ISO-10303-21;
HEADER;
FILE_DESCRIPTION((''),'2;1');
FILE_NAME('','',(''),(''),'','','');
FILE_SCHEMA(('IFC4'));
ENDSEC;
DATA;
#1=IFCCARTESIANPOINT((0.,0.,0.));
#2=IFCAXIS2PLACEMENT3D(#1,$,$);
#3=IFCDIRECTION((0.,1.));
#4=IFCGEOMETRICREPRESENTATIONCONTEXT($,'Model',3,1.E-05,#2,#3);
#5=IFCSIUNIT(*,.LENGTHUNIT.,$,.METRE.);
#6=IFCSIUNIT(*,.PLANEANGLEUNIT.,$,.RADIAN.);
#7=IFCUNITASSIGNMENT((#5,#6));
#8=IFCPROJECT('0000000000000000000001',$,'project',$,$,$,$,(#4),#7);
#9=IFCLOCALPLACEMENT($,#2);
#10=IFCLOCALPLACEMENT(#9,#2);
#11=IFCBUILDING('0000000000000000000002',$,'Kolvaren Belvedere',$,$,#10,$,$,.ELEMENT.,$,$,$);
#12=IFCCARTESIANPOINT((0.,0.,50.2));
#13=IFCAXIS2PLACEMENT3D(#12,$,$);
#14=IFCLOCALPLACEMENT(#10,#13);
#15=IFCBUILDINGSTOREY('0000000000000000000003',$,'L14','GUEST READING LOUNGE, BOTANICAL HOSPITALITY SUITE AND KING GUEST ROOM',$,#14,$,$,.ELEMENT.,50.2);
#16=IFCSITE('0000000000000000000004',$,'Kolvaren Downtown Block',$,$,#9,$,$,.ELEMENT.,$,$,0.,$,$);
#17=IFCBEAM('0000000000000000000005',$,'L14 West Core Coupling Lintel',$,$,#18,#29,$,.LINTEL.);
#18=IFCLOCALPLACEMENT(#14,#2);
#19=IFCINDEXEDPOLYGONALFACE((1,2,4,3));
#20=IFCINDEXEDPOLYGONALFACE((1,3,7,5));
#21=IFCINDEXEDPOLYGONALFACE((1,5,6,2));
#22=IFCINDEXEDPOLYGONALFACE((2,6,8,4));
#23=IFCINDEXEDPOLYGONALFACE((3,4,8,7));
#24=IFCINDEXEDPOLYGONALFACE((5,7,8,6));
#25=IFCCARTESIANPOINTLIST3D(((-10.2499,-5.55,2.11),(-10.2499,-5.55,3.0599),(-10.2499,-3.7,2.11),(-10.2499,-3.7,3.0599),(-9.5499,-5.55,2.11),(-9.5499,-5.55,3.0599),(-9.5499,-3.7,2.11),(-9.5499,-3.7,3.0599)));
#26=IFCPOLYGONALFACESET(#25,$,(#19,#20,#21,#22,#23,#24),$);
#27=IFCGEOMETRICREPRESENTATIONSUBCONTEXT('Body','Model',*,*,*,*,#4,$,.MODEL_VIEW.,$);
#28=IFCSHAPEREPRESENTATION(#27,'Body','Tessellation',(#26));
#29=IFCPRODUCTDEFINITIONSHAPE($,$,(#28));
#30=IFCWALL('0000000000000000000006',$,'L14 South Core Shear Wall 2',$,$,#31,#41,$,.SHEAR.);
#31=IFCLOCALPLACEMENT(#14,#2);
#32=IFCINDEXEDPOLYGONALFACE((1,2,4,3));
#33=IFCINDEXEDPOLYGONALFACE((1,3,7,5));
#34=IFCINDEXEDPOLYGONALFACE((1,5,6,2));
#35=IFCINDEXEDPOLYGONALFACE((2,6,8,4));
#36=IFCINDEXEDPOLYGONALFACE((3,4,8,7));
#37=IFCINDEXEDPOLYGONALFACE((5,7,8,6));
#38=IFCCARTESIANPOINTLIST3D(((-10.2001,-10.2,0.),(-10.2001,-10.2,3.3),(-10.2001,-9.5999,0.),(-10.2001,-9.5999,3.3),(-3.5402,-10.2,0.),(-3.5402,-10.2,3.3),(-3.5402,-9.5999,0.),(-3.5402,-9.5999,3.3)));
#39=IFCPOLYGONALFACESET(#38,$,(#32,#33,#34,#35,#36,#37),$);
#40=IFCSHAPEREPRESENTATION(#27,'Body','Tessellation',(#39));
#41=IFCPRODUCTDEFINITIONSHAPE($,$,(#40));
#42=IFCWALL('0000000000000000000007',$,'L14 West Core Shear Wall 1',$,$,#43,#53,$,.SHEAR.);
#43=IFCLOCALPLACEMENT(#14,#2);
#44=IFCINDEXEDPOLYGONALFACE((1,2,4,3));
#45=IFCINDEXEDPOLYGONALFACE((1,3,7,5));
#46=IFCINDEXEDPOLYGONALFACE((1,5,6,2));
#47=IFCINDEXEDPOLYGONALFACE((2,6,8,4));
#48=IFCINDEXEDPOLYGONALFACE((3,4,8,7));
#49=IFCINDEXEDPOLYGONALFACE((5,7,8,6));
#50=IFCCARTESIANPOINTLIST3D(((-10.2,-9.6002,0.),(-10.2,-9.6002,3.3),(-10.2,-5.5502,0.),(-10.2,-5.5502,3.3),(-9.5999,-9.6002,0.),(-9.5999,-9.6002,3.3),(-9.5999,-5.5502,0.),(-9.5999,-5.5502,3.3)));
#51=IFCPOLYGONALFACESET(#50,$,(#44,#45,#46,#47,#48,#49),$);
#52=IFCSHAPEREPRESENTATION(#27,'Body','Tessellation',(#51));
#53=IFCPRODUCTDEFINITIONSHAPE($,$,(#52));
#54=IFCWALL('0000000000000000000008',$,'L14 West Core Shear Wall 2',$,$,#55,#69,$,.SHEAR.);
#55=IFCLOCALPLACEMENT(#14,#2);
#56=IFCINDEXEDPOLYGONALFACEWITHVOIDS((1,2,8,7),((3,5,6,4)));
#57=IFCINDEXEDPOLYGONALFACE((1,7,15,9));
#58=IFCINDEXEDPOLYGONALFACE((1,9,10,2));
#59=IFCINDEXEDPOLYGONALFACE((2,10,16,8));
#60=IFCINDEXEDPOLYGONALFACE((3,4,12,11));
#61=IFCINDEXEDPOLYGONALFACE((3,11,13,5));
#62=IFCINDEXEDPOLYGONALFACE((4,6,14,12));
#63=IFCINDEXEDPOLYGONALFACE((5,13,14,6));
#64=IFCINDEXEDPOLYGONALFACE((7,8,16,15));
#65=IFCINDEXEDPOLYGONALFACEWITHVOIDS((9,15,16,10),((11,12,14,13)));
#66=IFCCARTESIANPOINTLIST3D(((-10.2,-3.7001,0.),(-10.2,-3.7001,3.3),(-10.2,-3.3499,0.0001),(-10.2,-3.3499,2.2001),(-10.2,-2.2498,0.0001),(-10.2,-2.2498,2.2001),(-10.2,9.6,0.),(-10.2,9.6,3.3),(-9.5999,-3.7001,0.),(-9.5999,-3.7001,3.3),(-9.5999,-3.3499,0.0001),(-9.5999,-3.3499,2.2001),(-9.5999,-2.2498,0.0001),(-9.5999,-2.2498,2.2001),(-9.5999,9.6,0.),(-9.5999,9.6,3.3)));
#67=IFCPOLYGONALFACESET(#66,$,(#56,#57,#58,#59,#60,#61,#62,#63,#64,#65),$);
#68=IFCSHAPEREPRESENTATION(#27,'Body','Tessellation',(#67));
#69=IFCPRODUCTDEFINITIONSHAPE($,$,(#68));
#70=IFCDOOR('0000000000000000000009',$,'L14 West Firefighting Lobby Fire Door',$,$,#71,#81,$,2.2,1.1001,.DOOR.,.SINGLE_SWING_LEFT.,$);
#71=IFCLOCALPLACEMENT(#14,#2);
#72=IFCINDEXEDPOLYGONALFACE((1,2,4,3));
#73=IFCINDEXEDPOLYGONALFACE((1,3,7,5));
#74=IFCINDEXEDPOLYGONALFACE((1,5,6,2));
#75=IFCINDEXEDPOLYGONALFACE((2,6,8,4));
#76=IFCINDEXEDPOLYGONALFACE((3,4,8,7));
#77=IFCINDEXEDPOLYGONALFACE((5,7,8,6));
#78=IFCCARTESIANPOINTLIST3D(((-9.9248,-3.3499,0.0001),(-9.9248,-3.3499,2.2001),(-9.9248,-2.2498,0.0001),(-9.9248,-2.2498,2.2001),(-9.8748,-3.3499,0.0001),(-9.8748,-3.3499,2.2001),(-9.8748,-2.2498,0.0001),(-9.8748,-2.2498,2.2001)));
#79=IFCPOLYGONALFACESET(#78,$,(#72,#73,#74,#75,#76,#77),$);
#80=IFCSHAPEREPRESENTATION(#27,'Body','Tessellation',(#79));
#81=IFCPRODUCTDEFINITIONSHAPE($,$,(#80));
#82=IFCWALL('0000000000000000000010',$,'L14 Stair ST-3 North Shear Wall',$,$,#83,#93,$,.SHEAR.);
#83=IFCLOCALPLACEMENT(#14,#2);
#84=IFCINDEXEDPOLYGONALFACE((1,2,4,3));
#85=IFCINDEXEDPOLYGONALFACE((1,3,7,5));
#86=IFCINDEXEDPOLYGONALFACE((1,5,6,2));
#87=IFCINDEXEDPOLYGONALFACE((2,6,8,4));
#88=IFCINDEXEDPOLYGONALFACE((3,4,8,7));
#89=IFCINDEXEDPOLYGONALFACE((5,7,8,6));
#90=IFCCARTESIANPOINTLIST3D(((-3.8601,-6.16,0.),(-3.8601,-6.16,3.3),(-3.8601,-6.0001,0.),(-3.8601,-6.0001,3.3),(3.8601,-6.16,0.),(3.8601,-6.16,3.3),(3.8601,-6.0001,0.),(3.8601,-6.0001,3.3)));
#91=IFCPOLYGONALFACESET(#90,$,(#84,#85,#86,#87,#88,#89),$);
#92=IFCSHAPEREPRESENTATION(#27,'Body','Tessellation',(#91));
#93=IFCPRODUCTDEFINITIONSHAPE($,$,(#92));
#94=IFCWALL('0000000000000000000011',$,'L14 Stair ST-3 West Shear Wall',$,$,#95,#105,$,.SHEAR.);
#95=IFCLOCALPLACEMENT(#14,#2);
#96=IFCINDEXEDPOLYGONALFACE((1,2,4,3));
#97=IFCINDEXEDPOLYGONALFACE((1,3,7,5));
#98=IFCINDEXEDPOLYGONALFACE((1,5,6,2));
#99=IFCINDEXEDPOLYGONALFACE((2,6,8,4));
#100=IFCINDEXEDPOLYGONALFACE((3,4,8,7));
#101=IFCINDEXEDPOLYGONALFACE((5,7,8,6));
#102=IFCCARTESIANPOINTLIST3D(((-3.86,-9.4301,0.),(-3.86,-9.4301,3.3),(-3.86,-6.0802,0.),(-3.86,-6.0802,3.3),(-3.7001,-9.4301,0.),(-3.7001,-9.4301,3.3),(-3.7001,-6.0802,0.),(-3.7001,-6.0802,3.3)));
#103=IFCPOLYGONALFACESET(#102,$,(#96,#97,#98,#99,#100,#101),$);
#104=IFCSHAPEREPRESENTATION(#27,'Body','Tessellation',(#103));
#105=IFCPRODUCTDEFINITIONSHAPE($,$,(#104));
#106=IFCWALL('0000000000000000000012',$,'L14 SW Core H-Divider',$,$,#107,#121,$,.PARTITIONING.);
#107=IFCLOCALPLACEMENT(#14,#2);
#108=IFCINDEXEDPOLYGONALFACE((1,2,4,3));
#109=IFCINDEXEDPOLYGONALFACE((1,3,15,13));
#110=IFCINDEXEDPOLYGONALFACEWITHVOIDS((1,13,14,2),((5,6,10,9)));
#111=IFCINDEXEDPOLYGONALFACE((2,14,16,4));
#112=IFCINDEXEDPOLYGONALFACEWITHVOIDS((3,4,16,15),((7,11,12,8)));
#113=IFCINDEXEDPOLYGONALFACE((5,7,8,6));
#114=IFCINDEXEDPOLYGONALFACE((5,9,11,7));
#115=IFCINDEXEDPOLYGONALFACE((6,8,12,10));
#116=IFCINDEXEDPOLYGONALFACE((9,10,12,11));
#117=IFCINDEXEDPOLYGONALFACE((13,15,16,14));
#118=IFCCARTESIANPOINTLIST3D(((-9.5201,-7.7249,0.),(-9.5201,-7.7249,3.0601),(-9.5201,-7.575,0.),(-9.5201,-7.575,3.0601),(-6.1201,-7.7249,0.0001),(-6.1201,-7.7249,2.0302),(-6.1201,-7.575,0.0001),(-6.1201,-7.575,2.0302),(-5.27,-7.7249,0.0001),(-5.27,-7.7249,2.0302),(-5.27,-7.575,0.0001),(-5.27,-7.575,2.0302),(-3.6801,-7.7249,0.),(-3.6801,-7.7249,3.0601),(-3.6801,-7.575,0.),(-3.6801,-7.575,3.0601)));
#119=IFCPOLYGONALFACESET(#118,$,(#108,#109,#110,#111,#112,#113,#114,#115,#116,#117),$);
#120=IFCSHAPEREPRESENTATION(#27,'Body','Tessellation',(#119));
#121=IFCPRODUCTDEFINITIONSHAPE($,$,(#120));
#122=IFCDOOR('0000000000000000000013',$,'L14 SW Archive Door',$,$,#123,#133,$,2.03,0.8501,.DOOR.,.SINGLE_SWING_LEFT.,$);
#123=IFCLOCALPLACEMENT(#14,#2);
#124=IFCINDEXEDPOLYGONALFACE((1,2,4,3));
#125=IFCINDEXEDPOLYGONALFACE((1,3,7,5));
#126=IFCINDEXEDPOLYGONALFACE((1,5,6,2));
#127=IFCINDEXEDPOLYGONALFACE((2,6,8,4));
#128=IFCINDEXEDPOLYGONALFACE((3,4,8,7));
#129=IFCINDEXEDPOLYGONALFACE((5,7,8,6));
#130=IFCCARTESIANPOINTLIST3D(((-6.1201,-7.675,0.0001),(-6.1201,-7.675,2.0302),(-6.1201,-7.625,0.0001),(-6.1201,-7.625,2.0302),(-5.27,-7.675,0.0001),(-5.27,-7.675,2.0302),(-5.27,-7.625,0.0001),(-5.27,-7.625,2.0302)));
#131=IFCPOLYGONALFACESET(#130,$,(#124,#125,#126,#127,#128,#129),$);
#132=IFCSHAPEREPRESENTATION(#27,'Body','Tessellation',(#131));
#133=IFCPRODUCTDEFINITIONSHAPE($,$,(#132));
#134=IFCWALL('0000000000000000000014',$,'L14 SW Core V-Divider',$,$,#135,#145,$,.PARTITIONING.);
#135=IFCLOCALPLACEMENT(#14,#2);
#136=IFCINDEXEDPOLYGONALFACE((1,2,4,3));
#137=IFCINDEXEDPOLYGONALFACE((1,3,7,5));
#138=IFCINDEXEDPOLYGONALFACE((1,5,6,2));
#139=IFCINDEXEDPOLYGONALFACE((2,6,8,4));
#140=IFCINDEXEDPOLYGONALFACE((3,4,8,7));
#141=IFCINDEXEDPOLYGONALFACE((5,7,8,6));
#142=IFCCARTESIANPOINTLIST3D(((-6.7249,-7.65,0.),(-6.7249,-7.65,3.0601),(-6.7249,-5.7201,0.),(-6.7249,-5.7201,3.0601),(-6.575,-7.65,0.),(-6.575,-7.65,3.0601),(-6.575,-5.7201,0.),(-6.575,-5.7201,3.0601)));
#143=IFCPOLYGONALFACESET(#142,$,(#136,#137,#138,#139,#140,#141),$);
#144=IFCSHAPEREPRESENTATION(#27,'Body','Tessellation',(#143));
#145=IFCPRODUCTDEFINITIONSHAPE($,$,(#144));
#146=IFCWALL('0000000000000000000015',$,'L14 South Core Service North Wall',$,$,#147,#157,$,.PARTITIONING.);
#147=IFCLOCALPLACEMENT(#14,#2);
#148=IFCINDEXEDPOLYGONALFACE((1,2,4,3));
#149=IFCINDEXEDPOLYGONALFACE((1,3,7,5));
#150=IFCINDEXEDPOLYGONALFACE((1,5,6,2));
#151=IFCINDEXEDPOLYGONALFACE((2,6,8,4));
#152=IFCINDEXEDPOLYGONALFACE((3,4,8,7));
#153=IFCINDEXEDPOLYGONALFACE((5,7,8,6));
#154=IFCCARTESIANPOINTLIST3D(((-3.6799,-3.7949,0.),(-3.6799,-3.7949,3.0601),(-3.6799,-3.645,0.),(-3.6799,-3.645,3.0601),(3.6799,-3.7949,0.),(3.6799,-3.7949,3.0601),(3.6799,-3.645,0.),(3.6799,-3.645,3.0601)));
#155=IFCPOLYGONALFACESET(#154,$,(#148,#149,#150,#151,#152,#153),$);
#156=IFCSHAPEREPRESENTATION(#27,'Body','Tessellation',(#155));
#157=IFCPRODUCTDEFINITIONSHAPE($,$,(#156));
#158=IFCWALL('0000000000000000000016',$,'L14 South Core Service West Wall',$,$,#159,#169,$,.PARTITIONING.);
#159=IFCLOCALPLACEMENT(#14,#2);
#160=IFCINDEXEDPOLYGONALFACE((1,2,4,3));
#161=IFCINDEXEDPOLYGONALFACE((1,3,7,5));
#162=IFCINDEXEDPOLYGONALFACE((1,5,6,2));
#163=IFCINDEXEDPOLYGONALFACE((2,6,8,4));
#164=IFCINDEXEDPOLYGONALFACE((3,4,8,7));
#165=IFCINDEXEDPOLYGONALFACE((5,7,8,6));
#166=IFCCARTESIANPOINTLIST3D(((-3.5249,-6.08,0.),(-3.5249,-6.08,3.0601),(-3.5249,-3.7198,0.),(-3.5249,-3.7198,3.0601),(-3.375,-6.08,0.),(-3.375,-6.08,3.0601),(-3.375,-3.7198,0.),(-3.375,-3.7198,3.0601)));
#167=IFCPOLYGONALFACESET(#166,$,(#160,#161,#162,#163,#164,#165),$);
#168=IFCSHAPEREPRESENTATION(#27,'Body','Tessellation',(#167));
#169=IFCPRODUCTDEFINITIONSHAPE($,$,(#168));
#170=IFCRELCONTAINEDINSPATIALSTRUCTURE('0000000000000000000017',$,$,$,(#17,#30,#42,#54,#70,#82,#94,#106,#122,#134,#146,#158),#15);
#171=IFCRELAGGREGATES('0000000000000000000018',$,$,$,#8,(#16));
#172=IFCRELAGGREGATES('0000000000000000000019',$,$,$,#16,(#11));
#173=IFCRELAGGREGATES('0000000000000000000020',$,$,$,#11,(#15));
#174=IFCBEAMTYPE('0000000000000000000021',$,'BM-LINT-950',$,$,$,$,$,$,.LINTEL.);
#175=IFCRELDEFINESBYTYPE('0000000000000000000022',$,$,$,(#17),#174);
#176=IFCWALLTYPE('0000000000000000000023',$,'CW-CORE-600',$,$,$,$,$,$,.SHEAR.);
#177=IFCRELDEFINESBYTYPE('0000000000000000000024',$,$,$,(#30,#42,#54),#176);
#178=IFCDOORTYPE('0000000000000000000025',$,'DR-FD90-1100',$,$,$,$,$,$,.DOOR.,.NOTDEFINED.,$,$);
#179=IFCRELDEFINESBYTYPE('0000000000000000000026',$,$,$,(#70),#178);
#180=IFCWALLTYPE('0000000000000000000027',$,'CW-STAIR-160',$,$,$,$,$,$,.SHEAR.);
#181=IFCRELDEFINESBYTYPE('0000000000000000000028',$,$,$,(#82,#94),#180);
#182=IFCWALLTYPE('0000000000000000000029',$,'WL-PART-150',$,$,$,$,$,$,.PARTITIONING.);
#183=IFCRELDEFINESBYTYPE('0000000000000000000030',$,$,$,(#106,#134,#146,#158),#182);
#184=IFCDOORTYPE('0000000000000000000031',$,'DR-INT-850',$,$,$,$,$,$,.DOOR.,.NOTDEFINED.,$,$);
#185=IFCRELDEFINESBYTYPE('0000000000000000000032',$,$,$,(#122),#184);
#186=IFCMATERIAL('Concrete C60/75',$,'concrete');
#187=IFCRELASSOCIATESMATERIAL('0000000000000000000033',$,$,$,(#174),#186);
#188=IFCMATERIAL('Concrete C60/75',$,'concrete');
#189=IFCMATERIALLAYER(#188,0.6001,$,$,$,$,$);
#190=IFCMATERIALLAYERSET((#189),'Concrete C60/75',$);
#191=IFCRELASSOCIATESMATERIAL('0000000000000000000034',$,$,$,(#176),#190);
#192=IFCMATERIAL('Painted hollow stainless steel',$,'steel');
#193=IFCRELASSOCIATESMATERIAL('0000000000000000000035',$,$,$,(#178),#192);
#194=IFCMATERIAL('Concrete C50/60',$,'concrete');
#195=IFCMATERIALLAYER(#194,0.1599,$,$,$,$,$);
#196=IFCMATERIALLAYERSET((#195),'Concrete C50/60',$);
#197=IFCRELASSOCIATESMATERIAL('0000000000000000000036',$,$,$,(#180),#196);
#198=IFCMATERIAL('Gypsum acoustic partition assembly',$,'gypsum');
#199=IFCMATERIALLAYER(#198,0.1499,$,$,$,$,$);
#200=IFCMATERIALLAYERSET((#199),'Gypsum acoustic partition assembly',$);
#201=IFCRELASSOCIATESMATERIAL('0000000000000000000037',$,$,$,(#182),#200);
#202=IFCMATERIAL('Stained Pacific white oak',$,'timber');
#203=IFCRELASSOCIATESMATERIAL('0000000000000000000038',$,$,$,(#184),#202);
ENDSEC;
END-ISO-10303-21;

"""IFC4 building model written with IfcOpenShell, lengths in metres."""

from ifc_helpers import new_model, si_unit, direction, frame, frame_2d, origin, origin_2d, place, context, subcontext, project, spatial, rectangle, extrude, material, layer, layer_set, material_profile, profile_set, type_object, element, fill, save


model = new_model("IFC4")

# Units and contexts
model_context = context("Model", 3, precision=1e-05, world=origin(), true_north=direction((0.0, 1.0)))
body_context = subcontext(model_context, "Body", "Model", "MODEL_VIEW")
ifc_project = project(units=[si_unit("LENGTHUNIT", "METRE"), si_unit("PLANEANGLEUNIT", "RADIAN")], contexts=[model_context])

# Site, building, storey
site_placement = place(None, origin())
site = spatial("IfcSite", under=ifc_project, at=site_placement, Name="Kolvaren Downtown Block", CompositionType="ELEMENT", RefElevation=0.0)
building_placement = place(site_placement, origin())
building = spatial("IfcBuilding", under=site, at=building_placement, Name="Kolvaren Belvedere", CompositionType="ELEMENT")
storey_placement = place(building_placement, frame((0.0, 0.0, 50.2)))
storey = spatial("IfcBuildingStorey", under=building, at=storey_placement, Name="L14", Description="GUEST READING LOUNGE, BOTANICAL HOSPITALITY SUITE AND KING GUEST ROOM", CompositionType="ELEMENT", Elevation=50.2)

# Beam
ifc_material_1 = material(Name="Concrete C60/75", Category="concrete")
ifc_material_profile_1 = material_profile(ifc_material_1, rectangle(XDim=0.7, YDim=0.95, at=origin_2d()), Name="RC 700X950")
ifc_profile_set_1 = profile_set([ifc_material_profile_1], Name="Concrete C60/75")
beam_type_1 = type_object("IfcBeamType", Name="BM-LINT-950", PredefinedType="LINTEL", material=ifc_profile_set_1)
beam_1_placement = place(storey_placement, frame((-9.8999, -5.55, 2.585), z_axis=(0.0, 1.0, 0.0), x_axis=(-1.0, 0.0, 0.0)))
element("IfcBeam", 1, at=beam_1_placement, inside=storey, type_object=beam_type_1, Name="L14 West Core Coupling Lintel", PredefinedType="LINTEL", context=body_context, shape_type="SweptSolid", body=[
    extrude(rectangle(XDim=0.7, YDim=0.95, at=origin_2d()), origin(), (0.0, 0.0, 1.0), 1.8501),
])

# Walls
ifc_material_2 = material(Name="Concrete C60/75", Category="concrete")
ifc_layer_1 = layer(ifc_material_2, 0.6001)
ifc_layer_set_1 = layer_set([ifc_layer_1], Name="Concrete C60/75")
wall_type_1 = type_object("IfcWallType", Name="CW-CORE-600", PredefinedType="SHEAR", material=ifc_layer_set_1)
wall_1_placement = place(storey_placement, frame((-3.54, -9.8999, 0.0), z_axis=(0.0, 0.0, 1.0), x_axis=(-1.0, 0.0, 0.0)))
element("IfcWall", 2, at=wall_1_placement, inside=storey, type_object=wall_type_1, Name="L14 South Core Shear Wall 2", PredefinedType="SHEAR", context=body_context, shape_type="SweptSolid", body=[
    extrude(rectangle(XDim=6.6599, YDim=0.6001, at=frame_2d((3.3301, 0.0))), origin(), (0.0, 0.0, 1.0), 3.3),
])
wall_2_placement = place(storey_placement, frame((-9.8999, -9.6001, 0.0), z_axis=(0.0, 0.0, 1.0), x_axis=(0.0, 1.0, 0.0)))
element("IfcWall", 3, at=wall_2_placement, inside=storey, type_object=wall_type_1, Name="L14 West Core Shear Wall 1", PredefinedType="SHEAR", context=body_context, shape_type="SweptSolid", body=[
    extrude(rectangle(XDim=4.05, YDim=0.6001, at=frame_2d((2.0249, 0.0))), origin(), (0.0, 0.0, 1.0), 3.3),
])

# Wall, opening, door
wall_3_placement = place(storey_placement, frame((-9.8999, -3.7, 0.0), z_axis=(0.0, 0.0, 1.0), x_axis=(0.0, 1.0, 0.0)))
wall_3 = element("IfcWall", 4, at=wall_3_placement, inside=storey, type_object=wall_type_1, Name="L14 West Core Shear Wall 2", PredefinedType="SHEAR", context=body_context, shape_type="SweptSolid", body=[
    extrude(rectangle(XDim=13.3, YDim=0.6001, at=frame_2d((6.6499, 0.0))), origin(), (0.0, 0.0, 1.0), 3.3),
])
opening_1_placement = place(wall_3_placement, frame((0.3501, 0.0, 0.0)))
opening_1 = element("IfcOpeningElement", 5, at=opening_1_placement, cuts=wall_3, PredefinedType="OPENING", context=body_context, shape_type="SweptSolid", body=[
    extrude(rectangle(XDim=1.1001, YDim=2.2, at=frame_2d((0.55, 1.1001))), frame((0.0, 0.3101, 0.0), z_axis=(0.0, -1.0, 0.0), x_axis=(1.0, 0.0, 0.0)), (0.0, 0.0, 1.0), 0.6201),
])
ifc_material_3 = material(Name="Painted hollow stainless steel", Category="steel")
door_type_1 = type_object("IfcDoorType", Name="DR-FD90-1100", OperationType="NOTDEFINED", PredefinedType="DOOR", material=ifc_material_3)
door_1_placement = place(opening_1_placement, origin())
door_1 = element("IfcDoor", 6, at=door_1_placement, inside=storey, type_object=door_type_1, Name="L14 West Firefighting Lobby Fire Door", OperationType="SINGLE_SWING_LEFT", OverallHeight=2.2, OverallWidth=1.1001, PredefinedType="DOOR", context=body_context, shape_type="SweptSolid", body=[
    extrude(rectangle(XDim=1.1001, YDim=2.2, at=frame_2d((0.55, 1.1001))), frame((0.0, 0.0249, 0.0), z_axis=(0.0, -1.0, 0.0), x_axis=(1.0, 0.0, 0.0)), (0.0, 0.0, 1.0), 0.05),
])
fill(opening_1, door_1)

# Walls
ifc_material_4 = material(Name="Concrete C50/60", Category="concrete")
ifc_layer_2 = layer(ifc_material_4, 0.1599)
ifc_layer_set_2 = layer_set([ifc_layer_2], Name="Concrete C50/60")
wall_type_2 = type_object("IfcWallType", Name="CW-STAIR-160", PredefinedType="SHEAR", material=ifc_layer_set_2)
wall_4_placement = place(storey_placement, frame((-3.8601, -6.0801, 0.0), z_axis=(0.0, 0.0, 1.0), x_axis=(1.0, 0.0, 0.0)))
element("IfcWall", 7, at=wall_4_placement, inside=storey, type_object=wall_type_2, Name="L14 Stair ST-3 North Shear Wall", PredefinedType="SHEAR", context=body_context, shape_type="SweptSolid", body=[
    extrude(rectangle(XDim=7.7202, YDim=0.1599, at=frame_2d((3.8601, 0.0))), origin(), (0.0, 0.0, 1.0), 3.3),
])
wall_5_placement = place(storey_placement, frame((-3.78, -9.4299, 0.0), z_axis=(0.0, 0.0, 1.0), x_axis=(0.0, 1.0, 0.0)))
element("IfcWall", 8, at=wall_5_placement, inside=storey, type_object=wall_type_2, Name="L14 Stair ST-3 West Shear Wall", PredefinedType="SHEAR", context=body_context, shape_type="SweptSolid", body=[
    extrude(rectangle(XDim=3.3499, YDim=0.1599, at=frame_2d((1.6748, 0.0))), origin(), (0.0, 0.0, 1.0), 3.3),
])

# Wall, opening, door
ifc_material_5 = material(Name="Gypsum acoustic partition assembly", Category="gypsum")
ifc_layer_3 = layer(ifc_material_5, 0.1499)
ifc_layer_set_3 = layer_set([ifc_layer_3], Name="Gypsum acoustic partition assembly")
wall_type_3 = type_object("IfcWallType", Name="WL-PART-150", PredefinedType="PARTITIONING", material=ifc_layer_set_3)
wall_6_placement = place(storey_placement, frame((-9.52, -7.6499, 0.0), z_axis=(0.0, 0.0, 1.0), x_axis=(1.0, 0.0, 0.0)))
wall_6 = element("IfcWall", 9, at=wall_6_placement, inside=storey, type_object=wall_type_3, Name="L14 SW Core H-Divider", PredefinedType="PARTITIONING", context=body_context, shape_type="SweptSolid", body=[
    extrude(rectangle(XDim=5.8401, YDim=0.1499, at=frame_2d((2.9199, 0.0))), origin(), (0.0, 0.0, 1.0), 3.0601),
])
opening_2_placement = place(wall_6_placement, frame((3.3999, 0.0, 0.0)))
opening_2 = element("IfcOpeningElement", 10, at=opening_2_placement, cuts=wall_6, PredefinedType="OPENING", context=body_context, shape_type="SweptSolid", body=[
    extrude(rectangle(XDim=0.8501, YDim=2.03, at=frame_2d((0.425, 1.0151))), frame((0.0, 0.085, 0.0), z_axis=(0.0, -1.0, 0.0), x_axis=(1.0, 0.0, 0.0)), (0.0, 0.0, 1.0), 0.1699),
])
ifc_material_6 = material(Name="Stained Pacific white oak", Category="timber")
door_type_2 = type_object("IfcDoorType", Name="DR-INT-850", OperationType="NOTDEFINED", PredefinedType="DOOR", material=ifc_material_6)
door_2_placement = place(opening_2_placement, origin())
door_2 = element("IfcDoor", 11, at=door_2_placement, inside=storey, type_object=door_type_2, Name="L14 SW Archive Door", OperationType="SINGLE_SWING_LEFT", OverallHeight=2.03, OverallWidth=0.8501, PredefinedType="DOOR", context=body_context, shape_type="SweptSolid", body=[
    extrude(rectangle(XDim=0.8501, YDim=2.03, at=frame_2d((0.425, 1.0151))), frame((0.0, 0.0249, 0.0), z_axis=(0.0, -1.0, 0.0), x_axis=(1.0, 0.0, 0.0)), (0.0, 0.0, 1.0), 0.05),
])
fill(opening_2, door_2)

# Walls
wall_7_placement = place(storey_placement, frame((-6.6499, -7.6499, 0.0), z_axis=(0.0, 0.0, 1.0), x_axis=(0.0, 1.0, 0.0)))
element("IfcWall", 12, at=wall_7_placement, inside=storey, type_object=wall_type_3, Name="L14 SW Core V-Divider", PredefinedType="PARTITIONING", context=body_context, shape_type="SweptSolid", body=[
    extrude(rectangle(XDim=1.9299, YDim=0.1499, at=frame_2d((0.9648, 0.0))), origin(), (0.0, 0.0, 1.0), 3.0601),
])
wall_8_placement = place(storey_placement, frame((-3.6799, -3.72, 0.0), z_axis=(0.0, 0.0, 1.0), x_axis=(1.0, 0.0, 0.0)))
element("IfcWall", 13, at=wall_8_placement, inside=storey, type_object=wall_type_3, Name="L14 South Core Service North Wall", PredefinedType="PARTITIONING", context=body_context, shape_type="SweptSolid", body=[
    extrude(rectangle(XDim=7.3599, YDim=0.1499, at=frame_2d((3.6799, 0.0))), origin(), (0.0, 0.0, 1.0), 3.0601),
])
wall_9_placement = place(storey_placement, frame((-3.45, -6.0801, 0.0), z_axis=(0.0, 0.0, 1.0), x_axis=(0.0, 1.0, 0.0)))
element("IfcWall", 14, at=wall_9_placement, inside=storey, type_object=wall_type_3, Name="L14 South Core Service West Wall", PredefinedType="PARTITIONING", context=body_context, shape_type="SweptSolid", body=[
    extrude(rectangle(XDim=2.3601, YDim=0.1499, at=frame_2d((1.1802, 0.0))), origin(), (0.0, 0.0, 1.0), 3.0601),
])

save(model, "model.ifc")
